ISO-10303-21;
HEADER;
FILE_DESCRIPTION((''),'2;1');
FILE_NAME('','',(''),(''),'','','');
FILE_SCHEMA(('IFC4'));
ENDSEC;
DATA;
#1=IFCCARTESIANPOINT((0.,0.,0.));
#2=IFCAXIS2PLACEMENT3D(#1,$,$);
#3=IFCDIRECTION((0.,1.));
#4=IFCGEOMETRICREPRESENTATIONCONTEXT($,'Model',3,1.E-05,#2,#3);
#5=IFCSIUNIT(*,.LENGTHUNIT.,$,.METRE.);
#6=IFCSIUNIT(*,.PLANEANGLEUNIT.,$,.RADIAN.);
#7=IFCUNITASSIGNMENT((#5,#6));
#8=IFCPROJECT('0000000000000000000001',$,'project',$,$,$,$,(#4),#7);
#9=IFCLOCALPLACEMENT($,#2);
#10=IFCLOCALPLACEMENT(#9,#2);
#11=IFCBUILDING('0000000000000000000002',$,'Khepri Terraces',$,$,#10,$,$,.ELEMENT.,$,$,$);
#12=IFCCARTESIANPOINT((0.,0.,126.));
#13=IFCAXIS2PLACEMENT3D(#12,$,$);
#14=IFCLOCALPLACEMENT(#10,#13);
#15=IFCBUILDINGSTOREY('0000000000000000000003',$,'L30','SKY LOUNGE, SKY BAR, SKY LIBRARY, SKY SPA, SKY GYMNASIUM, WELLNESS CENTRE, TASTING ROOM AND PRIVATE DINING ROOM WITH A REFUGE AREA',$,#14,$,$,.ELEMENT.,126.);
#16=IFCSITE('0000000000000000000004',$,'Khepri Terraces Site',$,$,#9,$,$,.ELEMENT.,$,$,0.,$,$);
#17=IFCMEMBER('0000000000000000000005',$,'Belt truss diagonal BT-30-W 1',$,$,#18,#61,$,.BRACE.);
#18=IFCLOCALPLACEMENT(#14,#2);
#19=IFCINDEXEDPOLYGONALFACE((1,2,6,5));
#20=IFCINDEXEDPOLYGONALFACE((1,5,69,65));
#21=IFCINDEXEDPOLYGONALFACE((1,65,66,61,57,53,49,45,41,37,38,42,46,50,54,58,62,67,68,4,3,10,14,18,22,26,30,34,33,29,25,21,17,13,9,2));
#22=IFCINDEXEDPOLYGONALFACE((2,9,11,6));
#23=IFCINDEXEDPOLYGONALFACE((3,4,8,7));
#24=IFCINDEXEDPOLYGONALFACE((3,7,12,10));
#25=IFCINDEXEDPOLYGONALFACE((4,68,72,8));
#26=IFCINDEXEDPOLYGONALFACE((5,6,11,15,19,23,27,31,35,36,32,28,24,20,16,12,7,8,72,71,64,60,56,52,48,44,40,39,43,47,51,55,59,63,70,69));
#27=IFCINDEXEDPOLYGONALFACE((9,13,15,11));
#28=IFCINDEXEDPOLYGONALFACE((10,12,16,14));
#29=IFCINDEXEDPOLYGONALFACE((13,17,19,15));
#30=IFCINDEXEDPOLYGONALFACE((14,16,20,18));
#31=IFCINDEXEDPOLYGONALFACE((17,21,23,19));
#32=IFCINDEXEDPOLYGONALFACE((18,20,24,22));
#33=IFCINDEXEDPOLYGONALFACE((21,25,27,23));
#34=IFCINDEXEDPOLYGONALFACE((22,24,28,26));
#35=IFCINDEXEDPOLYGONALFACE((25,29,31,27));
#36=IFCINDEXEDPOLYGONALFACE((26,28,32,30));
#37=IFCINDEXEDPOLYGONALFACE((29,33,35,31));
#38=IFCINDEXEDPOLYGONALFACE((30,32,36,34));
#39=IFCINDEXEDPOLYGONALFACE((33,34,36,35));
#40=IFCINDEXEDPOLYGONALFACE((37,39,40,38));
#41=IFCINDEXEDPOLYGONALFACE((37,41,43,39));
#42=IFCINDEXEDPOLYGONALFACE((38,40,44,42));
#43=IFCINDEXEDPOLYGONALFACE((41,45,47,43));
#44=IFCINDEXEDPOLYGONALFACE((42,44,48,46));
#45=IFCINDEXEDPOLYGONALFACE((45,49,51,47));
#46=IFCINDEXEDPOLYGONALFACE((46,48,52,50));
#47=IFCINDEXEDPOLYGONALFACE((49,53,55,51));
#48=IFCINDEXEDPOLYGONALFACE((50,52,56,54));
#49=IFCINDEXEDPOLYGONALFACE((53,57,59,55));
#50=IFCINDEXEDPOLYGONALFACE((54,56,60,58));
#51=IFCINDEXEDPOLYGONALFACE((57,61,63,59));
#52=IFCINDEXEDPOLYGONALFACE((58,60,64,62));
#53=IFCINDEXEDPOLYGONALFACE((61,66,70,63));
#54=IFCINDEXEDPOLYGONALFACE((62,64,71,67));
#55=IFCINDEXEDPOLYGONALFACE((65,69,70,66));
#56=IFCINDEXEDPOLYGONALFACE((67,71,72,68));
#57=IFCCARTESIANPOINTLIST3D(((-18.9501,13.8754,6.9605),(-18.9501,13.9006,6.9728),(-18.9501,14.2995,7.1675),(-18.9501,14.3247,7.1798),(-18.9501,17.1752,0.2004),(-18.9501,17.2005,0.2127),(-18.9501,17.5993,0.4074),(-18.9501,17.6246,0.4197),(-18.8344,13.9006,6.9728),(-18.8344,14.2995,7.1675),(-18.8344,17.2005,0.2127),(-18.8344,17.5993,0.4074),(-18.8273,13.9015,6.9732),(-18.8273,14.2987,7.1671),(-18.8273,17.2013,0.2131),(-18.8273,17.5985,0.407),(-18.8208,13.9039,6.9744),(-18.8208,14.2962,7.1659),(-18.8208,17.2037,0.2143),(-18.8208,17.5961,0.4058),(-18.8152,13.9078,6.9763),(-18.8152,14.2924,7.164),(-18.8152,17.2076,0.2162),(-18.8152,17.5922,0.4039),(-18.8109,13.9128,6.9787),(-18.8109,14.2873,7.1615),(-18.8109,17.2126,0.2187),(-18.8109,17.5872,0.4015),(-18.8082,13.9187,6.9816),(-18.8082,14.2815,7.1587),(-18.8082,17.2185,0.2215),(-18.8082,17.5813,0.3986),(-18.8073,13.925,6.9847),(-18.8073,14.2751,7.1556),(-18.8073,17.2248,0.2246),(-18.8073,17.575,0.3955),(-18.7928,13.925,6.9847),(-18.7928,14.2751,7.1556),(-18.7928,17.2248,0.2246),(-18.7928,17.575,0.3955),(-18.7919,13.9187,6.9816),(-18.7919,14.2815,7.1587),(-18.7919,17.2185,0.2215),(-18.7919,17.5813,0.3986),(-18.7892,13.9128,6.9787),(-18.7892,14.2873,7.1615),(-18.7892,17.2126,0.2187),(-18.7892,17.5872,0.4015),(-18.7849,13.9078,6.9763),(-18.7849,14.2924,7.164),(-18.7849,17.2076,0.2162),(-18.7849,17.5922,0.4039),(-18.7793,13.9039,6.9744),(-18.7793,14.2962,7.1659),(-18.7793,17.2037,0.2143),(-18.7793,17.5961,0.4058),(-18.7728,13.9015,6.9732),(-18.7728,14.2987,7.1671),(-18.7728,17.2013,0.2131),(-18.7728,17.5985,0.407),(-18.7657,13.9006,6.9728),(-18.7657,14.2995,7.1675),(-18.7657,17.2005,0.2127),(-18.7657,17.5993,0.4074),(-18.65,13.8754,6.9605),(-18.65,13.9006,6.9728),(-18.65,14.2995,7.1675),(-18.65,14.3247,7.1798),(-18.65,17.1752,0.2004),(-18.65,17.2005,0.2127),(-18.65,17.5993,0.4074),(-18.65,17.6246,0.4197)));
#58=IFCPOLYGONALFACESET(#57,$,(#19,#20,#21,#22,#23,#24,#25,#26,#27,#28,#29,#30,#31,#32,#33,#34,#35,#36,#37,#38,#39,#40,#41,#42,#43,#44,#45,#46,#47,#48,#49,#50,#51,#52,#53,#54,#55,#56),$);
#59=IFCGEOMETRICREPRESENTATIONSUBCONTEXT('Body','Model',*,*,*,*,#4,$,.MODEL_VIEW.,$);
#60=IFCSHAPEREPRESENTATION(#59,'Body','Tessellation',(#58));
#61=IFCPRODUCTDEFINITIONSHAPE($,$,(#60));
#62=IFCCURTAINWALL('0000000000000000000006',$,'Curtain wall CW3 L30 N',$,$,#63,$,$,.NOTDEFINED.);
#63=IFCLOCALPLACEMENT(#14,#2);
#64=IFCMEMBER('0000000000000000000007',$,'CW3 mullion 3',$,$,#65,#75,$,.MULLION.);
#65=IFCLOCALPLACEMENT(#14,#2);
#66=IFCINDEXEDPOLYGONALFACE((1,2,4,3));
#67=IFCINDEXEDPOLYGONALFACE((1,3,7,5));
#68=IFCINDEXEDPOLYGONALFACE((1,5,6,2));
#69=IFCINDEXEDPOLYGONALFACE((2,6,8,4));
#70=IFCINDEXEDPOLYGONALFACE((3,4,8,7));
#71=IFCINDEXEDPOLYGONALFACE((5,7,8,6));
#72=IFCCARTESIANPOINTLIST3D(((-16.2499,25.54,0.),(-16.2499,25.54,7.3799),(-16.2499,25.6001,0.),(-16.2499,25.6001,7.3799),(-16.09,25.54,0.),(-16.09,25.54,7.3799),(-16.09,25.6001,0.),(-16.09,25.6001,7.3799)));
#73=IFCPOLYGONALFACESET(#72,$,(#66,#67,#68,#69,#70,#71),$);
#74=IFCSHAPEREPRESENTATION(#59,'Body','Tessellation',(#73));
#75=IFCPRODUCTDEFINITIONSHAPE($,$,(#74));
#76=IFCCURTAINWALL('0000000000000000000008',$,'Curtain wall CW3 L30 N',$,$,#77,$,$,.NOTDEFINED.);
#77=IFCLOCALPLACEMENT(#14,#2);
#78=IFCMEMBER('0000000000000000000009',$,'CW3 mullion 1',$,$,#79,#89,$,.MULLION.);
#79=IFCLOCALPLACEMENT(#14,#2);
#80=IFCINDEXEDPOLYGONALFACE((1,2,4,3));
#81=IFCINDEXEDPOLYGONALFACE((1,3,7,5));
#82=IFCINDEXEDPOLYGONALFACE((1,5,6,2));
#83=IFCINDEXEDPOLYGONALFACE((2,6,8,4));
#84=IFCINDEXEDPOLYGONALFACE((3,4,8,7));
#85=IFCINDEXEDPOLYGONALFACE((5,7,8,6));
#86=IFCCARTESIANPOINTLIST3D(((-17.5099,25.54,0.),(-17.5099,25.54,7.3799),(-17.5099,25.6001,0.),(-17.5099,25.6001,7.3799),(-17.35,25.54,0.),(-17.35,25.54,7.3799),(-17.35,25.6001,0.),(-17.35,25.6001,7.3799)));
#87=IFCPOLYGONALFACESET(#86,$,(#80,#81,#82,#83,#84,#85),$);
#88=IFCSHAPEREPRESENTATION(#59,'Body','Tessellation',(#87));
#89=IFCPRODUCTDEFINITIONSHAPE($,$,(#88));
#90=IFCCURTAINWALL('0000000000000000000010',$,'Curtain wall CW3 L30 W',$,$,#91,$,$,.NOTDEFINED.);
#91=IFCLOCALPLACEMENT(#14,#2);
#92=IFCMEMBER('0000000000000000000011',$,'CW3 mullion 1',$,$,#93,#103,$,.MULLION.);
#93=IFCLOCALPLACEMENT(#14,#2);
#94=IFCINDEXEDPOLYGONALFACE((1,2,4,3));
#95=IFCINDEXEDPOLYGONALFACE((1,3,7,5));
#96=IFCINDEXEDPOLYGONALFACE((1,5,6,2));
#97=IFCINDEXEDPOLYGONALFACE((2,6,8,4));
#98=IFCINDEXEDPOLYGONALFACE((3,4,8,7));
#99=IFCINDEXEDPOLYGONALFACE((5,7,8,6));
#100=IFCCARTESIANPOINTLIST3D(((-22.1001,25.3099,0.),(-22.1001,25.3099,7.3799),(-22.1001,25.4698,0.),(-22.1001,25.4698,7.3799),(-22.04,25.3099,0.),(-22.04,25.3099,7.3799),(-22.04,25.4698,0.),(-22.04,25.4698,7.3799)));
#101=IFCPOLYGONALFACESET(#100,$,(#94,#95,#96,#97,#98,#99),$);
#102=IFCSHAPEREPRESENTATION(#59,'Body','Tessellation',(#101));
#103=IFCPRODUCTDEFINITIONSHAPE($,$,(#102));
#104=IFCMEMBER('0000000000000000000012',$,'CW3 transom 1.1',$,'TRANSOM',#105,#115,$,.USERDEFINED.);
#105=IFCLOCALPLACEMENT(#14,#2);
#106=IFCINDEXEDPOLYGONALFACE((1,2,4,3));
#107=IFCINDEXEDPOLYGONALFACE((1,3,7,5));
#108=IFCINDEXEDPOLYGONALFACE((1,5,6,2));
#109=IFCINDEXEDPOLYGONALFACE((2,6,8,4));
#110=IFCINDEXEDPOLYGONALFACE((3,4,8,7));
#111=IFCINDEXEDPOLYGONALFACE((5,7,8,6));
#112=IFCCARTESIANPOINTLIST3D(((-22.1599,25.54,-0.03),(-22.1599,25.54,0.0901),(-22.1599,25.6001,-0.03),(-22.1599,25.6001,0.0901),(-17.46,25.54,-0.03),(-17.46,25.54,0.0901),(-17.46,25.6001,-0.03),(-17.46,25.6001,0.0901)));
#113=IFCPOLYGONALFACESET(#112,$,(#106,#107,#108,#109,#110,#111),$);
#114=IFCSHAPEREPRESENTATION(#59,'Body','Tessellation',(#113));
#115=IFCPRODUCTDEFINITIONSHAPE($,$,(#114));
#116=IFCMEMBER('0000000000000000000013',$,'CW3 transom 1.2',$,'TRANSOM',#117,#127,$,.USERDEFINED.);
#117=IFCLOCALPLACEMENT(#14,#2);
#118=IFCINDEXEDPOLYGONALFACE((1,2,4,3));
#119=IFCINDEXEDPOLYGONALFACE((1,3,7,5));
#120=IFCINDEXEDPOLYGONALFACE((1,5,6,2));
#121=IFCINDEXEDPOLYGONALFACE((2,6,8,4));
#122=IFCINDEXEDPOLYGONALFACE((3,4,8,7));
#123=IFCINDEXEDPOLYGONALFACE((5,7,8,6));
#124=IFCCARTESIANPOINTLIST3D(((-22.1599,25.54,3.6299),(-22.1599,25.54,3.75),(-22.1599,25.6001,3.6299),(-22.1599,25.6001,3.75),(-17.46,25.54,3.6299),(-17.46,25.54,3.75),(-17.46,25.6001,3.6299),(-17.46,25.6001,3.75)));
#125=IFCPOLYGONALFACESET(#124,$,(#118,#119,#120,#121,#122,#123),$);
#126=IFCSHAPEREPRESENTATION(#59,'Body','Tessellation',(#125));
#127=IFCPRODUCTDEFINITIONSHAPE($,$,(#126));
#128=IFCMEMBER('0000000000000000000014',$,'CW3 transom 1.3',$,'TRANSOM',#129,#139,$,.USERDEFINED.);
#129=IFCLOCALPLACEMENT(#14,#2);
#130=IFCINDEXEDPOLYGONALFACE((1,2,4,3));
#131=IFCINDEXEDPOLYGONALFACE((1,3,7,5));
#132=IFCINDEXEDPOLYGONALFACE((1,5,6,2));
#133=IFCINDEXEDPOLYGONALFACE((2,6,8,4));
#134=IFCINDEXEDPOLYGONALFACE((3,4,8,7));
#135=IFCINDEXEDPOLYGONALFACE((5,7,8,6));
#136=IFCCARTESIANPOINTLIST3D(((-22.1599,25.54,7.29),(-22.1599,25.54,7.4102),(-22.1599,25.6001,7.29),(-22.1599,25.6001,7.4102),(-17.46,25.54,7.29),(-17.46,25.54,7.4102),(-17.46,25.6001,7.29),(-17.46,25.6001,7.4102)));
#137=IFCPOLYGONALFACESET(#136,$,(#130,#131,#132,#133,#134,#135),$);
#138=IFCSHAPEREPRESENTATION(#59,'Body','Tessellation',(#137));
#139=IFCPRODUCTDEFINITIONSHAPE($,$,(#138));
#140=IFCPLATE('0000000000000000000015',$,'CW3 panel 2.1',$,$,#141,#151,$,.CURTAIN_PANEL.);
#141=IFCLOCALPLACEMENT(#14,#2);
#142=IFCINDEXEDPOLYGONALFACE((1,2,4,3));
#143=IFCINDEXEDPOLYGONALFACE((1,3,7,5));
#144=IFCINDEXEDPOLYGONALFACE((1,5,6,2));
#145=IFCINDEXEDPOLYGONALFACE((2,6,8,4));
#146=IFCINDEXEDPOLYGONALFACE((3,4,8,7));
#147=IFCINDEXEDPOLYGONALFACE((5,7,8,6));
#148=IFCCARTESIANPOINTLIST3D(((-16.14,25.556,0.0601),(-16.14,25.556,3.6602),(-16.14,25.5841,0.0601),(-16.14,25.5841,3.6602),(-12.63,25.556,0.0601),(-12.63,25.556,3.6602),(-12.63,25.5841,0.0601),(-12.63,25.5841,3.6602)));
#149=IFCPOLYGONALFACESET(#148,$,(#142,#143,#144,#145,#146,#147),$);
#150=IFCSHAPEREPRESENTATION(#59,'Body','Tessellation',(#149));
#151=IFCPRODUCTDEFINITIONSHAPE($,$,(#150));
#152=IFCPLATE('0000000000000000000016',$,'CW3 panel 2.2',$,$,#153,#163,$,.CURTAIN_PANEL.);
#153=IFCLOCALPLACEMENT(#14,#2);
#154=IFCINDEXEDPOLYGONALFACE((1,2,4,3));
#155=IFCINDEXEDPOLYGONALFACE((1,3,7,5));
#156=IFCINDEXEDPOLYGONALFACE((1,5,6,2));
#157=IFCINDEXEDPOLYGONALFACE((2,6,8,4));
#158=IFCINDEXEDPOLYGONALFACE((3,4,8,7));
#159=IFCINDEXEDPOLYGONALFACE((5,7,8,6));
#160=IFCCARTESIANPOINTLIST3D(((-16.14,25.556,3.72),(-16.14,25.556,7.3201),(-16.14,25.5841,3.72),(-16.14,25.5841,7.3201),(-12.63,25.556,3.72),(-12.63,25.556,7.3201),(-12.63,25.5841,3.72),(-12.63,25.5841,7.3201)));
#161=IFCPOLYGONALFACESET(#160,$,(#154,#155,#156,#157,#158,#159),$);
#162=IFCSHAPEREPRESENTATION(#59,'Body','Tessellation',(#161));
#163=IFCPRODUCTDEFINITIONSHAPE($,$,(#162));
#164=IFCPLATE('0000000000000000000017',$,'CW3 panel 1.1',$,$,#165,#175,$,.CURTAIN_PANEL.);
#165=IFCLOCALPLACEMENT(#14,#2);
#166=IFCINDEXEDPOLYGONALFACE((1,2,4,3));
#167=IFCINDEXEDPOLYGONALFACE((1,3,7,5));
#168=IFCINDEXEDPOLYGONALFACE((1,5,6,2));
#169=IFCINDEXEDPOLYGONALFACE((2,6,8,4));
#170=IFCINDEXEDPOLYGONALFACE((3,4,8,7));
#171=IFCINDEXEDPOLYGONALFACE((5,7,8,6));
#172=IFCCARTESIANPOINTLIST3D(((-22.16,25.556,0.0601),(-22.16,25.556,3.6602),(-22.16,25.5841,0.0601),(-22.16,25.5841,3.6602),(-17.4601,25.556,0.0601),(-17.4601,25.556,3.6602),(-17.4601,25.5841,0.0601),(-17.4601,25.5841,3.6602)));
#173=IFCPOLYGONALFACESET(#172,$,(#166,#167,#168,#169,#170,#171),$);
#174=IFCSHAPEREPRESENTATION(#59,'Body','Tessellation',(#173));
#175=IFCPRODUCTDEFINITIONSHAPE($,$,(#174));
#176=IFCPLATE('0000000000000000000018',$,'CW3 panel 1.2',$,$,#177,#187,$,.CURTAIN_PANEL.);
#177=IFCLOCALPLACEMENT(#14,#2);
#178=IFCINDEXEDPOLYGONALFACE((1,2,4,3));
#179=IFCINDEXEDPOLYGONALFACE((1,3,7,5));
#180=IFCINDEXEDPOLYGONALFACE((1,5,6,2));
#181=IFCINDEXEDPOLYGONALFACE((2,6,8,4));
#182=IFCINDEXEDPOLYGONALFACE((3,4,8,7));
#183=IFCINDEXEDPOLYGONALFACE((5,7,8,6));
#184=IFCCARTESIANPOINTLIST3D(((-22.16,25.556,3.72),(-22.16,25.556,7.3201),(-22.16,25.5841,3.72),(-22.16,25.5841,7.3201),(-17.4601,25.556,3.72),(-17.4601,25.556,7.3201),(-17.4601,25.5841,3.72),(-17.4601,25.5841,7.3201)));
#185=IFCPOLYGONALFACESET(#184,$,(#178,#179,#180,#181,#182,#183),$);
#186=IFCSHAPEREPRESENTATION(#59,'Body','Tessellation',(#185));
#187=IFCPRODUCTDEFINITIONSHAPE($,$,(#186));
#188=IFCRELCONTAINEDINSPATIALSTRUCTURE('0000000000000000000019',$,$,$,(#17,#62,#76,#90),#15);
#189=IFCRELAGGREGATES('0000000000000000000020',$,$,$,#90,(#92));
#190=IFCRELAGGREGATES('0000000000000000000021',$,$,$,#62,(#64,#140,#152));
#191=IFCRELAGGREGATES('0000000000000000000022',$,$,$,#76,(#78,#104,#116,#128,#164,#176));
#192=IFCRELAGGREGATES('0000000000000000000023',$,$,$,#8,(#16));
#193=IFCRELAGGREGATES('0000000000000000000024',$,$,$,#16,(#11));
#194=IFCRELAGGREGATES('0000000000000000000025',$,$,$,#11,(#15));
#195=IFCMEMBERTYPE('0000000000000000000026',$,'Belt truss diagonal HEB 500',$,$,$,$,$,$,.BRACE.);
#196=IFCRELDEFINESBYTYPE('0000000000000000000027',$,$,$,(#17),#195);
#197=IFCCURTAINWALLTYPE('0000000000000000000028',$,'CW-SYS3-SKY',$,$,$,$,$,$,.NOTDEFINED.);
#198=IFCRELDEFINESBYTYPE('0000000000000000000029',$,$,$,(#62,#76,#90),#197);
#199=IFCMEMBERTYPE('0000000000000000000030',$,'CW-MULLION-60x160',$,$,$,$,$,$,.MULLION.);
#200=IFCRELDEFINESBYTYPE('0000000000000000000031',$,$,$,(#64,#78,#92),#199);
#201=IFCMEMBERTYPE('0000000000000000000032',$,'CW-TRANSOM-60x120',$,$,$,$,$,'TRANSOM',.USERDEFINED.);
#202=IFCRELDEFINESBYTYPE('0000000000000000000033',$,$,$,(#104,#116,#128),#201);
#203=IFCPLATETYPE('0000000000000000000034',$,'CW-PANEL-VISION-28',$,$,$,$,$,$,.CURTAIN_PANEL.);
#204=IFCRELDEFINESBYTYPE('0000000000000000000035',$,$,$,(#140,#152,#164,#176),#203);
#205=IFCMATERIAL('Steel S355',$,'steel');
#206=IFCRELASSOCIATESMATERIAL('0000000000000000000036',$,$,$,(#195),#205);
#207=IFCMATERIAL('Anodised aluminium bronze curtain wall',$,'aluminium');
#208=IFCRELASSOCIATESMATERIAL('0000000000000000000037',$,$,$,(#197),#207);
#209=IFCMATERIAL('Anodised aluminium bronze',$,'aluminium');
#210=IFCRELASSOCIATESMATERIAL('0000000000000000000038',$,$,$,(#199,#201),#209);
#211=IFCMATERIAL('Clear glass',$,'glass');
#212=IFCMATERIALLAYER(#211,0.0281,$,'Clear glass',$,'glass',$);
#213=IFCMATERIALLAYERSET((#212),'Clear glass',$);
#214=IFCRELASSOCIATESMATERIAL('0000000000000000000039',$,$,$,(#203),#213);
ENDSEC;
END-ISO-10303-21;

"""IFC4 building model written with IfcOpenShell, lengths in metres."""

from ifc_helpers import new_model, si_unit, direction, frame, origin, origin_2d, place, context, subcontext, project, spatial, rectangle, i_section, extrude, material, layer, layer_set, material_profile, profile_set, type_object, element, aggregate, save


model = new_model("IFC4")

# Units and contexts
model_context = context("Model", 3, precision=1e-05, world=origin(), true_north=direction((0.0, 1.0)))
body_context = subcontext(model_context, "Body", "Model", "MODEL_VIEW")
ifc_project = project(units=[si_unit("LENGTHUNIT", "METRE"), si_unit("PLANEANGLEUNIT", "RADIAN")], contexts=[model_context])

# Site, building, storey
site_placement = place(None, origin())
site = spatial("IfcSite", under=ifc_project, at=site_placement, Name="Khepri Terraces Site", CompositionType="ELEMENT", RefElevation=0.0)
building_placement = place(site_placement, origin())
building = spatial("IfcBuilding", under=site, at=building_placement, Name="Khepri Terraces", CompositionType="ELEMENT")
storey_placement = place(building_placement, frame((0.0, 0.0, 126.0)))
storey = spatial("IfcBuildingStorey", under=building, at=storey_placement, Name="L30", Description="SKY LOUNGE, SKY BAR, SKY LIBRARY, SKY SPA, SKY GYMNASIUM, WELLNESS CENTRE, TASTING ROOM AND PRIVATE DINING ROOM WITH A REFUGE AREA", CompositionType="ELEMENT", Elevation=126.0)

# Member
ifc_material_1 = material(Name="Steel S355", Category="steel")
ifc_material_profile_1 = material_profile(ifc_material_1, i_section(OverallWidth=0.3, OverallDepth=0.5, WebThickness=0.0144, FlangeThickness=0.0281, FilletRadius=0.0271, at=origin_2d()), Name="Steel S355", Category="steel")
ifc_profile_set_1 = profile_set([ifc_material_profile_1], Name="Steel S355")
member_type_1 = type_object("IfcMemberType", Name="Belt truss diagonal HEB 500", PredefinedType="BRACE", material=ifc_profile_set_1)
member_1_placement = place(storey_placement, frame((-18.8, 17.3999, 0.3101), z_axis=(0.0, -0.438664, 0.898651), x_axis=(1.0, 0.0, 0.0)))
element("IfcMember", 1, at=member_1_placement, inside=storey, type_object=member_type_1, Name="Belt truss diagonal BT-30-W 1", PredefinedType="BRACE", context=body_context, shape_type="SweptSolid", body=[
    extrude(i_section(OverallWidth=0.3, OverallDepth=0.5, WebThickness=0.0144, FlangeThickness=0.0281, FilletRadius=0.0271, at=origin_2d()), origin(), (0.0, 0.0, 1.0), 7.5225),
])

# Curtain walls, members
ifc_material_2 = material(Name="Anodised aluminium bronze curtain wall", Category="aluminium")
curtain_wall_type = type_object("IfcCurtainWallType", Name="CW-SYS3-SKY", PredefinedType="NOTDEFINED", material=ifc_material_2)
curtain_wall_1_placement = place(storey_placement, origin())
curtain_wall_1 = element("IfcCurtainWall", 2, at=curtain_wall_1_placement, inside=storey, type_object=curtain_wall_type, Name="Curtain wall CW3 L30 N", PredefinedType="NOTDEFINED")
ifc_material_3 = material(Name="Anodised aluminium bronze", Category="aluminium")
ifc_material_profile_2 = material_profile(ifc_material_3, rectangle(XDim=0.0601, YDim=0.1599, at=origin_2d()), Name="Anodised aluminium bronze", Category="aluminium")
ifc_profile_set_2 = profile_set([ifc_material_profile_2], Name="Anodised aluminium bronze")
member_type_2 = type_object("IfcMemberType", Name="CW-MULLION-60x160", PredefinedType="MULLION", material=ifc_profile_set_2)
member_2_placement = place(storey_placement, frame((-16.1699, 25.5701, 0.0), z_axis=(0.0, 0.0, 1.0), x_axis=(0.0, -1.0, 0.0)))
member_2 = element("IfcMember", 3, at=member_2_placement, type_object=member_type_2, Name="CW3 mullion 3", PredefinedType="MULLION", context=body_context, shape_type="SweptSolid", body=[
    extrude(rectangle(XDim=0.0601, YDim=0.1599, at=origin_2d()), origin(), (0.0, 0.0, 1.0), 7.3799),
])
curtain_wall_2_placement = place(storey_placement, origin())
curtain_wall_2 = element("IfcCurtainWall", 4, at=curtain_wall_2_placement, inside=storey, type_object=curtain_wall_type, Name="Curtain wall CW3 L30 N", PredefinedType="NOTDEFINED")
member_3_placement = place(storey_placement, frame((-17.4299, 25.5701, 0.0), z_axis=(0.0, 0.0, 1.0), x_axis=(0.0, -1.0, 0.0)))
member_3 = element("IfcMember", 5, at=member_3_placement, type_object=member_type_2, Name="CW3 mullion 1", PredefinedType="MULLION", context=body_context, shape_type="SweptSolid", body=[
    extrude(rectangle(XDim=0.0601, YDim=0.1599, at=origin_2d()), origin(), (0.0, 0.0, 1.0), 7.3799),
])
curtain_wall_3_placement = place(storey_placement, origin())
curtain_wall_3 = element("IfcCurtainWall", 6, at=curtain_wall_3_placement, inside=storey, type_object=curtain_wall_type, Name="Curtain wall CW3 L30 W", PredefinedType="NOTDEFINED")
member_4_placement = place(storey_placement, frame((-22.0701, 25.3899, 0.0), z_axis=(0.0, 0.0, 1.0), x_axis=(1.0, 0.0, 0.0)))
member_4 = element("IfcMember", 7, at=member_4_placement, type_object=member_type_2, Name="CW3 mullion 1", PredefinedType="MULLION", context=body_context, shape_type="SweptSolid", body=[
    extrude(rectangle(XDim=0.0601, YDim=0.1599, at=origin_2d()), origin(), (0.0, 0.0, 1.0), 7.3799),
])
aggregate(curtain_wall_3, [member_4])

# Members
ifc_material_profile_3 = material_profile(ifc_material_3, rectangle(XDim=0.0601, YDim=0.1201, at=origin_2d()), Name="Anodised aluminium bronze", Category="aluminium")
ifc_profile_set_3 = profile_set([ifc_material_profile_3], Name="Anodised aluminium bronze")
member_type_3 = type_object("IfcMemberType", Name="CW-TRANSOM-60x120", ElementType="TRANSOM", PredefinedType="USERDEFINED", material=ifc_profile_set_3)
member_5_placement = place(storey_placement, frame((-17.46, 25.5701, 0.03), z_axis=(-1.0, 0.0, 0.0), x_axis=(0.0, -1.0, 0.0)))
member_5 = element("IfcMember", 8, at=member_5_placement, type_object=member_type_3, Name="CW3 transom 1.1", ObjectType="TRANSOM", PredefinedType="USERDEFINED", context=body_context, shape_type="SweptSolid", body=[
    extrude(rectangle(XDim=0.0601, YDim=0.1201, at=origin_2d()), origin(), (0.0, 0.0, 1.0), 4.7),
])
member_6_placement = place(storey_placement, frame((-17.46, 25.5701, 3.6899), z_axis=(-1.0, 0.0, 0.0), x_axis=(0.0, -1.0, 0.0)))
member_6 = element("IfcMember", 9, at=member_6_placement, type_object=member_type_3, Name="CW3 transom 1.2", ObjectType="TRANSOM", PredefinedType="USERDEFINED", context=body_context, shape_type="SweptSolid", body=[
    extrude(rectangle(XDim=0.0601, YDim=0.1201, at=origin_2d()), origin(), (0.0, 0.0, 1.0), 4.7),
])
member_7_placement = place(storey_placement, frame((-17.46, 25.5701, 7.3501), z_axis=(-1.0, 0.0, 0.0), x_axis=(0.0, -1.0, 0.0)))
member_7 = element("IfcMember", 10, at=member_7_placement, type_object=member_type_3, Name="CW3 transom 1.3", ObjectType="TRANSOM", PredefinedType="USERDEFINED", context=body_context, shape_type="SweptSolid", body=[
    extrude(rectangle(XDim=0.0601, YDim=0.1201, at=origin_2d()), origin(), (0.0, 0.0, 1.0), 4.7),
])

# Plates
ifc_material_4 = material(Name="Clear glass", Category="glass")
ifc_layer_1 = layer(ifc_material_4, 0.0281, Name="Clear glass", Category="glass")
ifc_layer_set_1 = layer_set([ifc_layer_1], Name="Clear glass")
plate_type_1 = type_object("IfcPlateType", Name="CW-PANEL-VISION-28", PredefinedType="CURTAIN_PANEL", material=ifc_layer_set_1)
plate_1_placement = place(storey_placement, frame((-14.385, 25.5701, 0.0601), z_axis=(0.0, 0.0, 1.0), x_axis=(-1.0, 0.0, 0.0)))
plate_1 = element("IfcPlate", 11, at=plate_1_placement, type_object=plate_type_1, Name="CW3 panel 2.1", PredefinedType="CURTAIN_PANEL", context=body_context, shape_type="SweptSolid", body=[
    extrude(rectangle(XDim=3.51, YDim=0.0281, at=origin_2d()), origin(), (0.0, 0.0, 1.0), 3.6001),
])
plate_2_placement = place(storey_placement, frame((-14.385, 25.5701, 3.72), z_axis=(0.0, 0.0, 1.0), x_axis=(-1.0, 0.0, 0.0)))
plate_2 = element("IfcPlate", 12, at=plate_2_placement, type_object=plate_type_1, Name="CW3 panel 2.2", PredefinedType="CURTAIN_PANEL", context=body_context, shape_type="SweptSolid", body=[
    extrude(rectangle(XDim=3.51, YDim=0.0281, at=origin_2d()), origin(), (0.0, 0.0, 1.0), 3.6001),
])
aggregate(curtain_wall_1, [member_2, plate_1, plate_2])
plate_3_placement = place(storey_placement, frame((-19.8101, 25.5701, 0.0601), z_axis=(0.0, 0.0, 1.0), x_axis=(-1.0, 0.0, 0.0)))
plate_3 = element("IfcPlate", 13, at=plate_3_placement, type_object=plate_type_1, Name="CW3 panel 1.1", PredefinedType="CURTAIN_PANEL", context=body_context, shape_type="SweptSolid", body=[
    extrude(rectangle(XDim=4.7, YDim=0.0281, at=origin_2d()), origin(), (0.0, 0.0, 1.0), 3.6001),
])
plate_4_placement = place(storey_placement, frame((-19.8101, 25.5701, 3.72), z_axis=(0.0, 0.0, 1.0), x_axis=(-1.0, 0.0, 0.0)))
plate_4 = element("IfcPlate", 14, at=plate_4_placement, type_object=plate_type_1, Name="CW3 panel 1.2", PredefinedType="CURTAIN_PANEL", context=body_context, shape_type="SweptSolid", body=[
    extrude(rectangle(XDim=4.7, YDim=0.0281, at=origin_2d()), origin(), (0.0, 0.0, 1.0), 3.6001),
])
aggregate(curtain_wall_2, [member_3, member_5, member_6, member_7, plate_3, plate_4])

save(model, "model.ifc")
